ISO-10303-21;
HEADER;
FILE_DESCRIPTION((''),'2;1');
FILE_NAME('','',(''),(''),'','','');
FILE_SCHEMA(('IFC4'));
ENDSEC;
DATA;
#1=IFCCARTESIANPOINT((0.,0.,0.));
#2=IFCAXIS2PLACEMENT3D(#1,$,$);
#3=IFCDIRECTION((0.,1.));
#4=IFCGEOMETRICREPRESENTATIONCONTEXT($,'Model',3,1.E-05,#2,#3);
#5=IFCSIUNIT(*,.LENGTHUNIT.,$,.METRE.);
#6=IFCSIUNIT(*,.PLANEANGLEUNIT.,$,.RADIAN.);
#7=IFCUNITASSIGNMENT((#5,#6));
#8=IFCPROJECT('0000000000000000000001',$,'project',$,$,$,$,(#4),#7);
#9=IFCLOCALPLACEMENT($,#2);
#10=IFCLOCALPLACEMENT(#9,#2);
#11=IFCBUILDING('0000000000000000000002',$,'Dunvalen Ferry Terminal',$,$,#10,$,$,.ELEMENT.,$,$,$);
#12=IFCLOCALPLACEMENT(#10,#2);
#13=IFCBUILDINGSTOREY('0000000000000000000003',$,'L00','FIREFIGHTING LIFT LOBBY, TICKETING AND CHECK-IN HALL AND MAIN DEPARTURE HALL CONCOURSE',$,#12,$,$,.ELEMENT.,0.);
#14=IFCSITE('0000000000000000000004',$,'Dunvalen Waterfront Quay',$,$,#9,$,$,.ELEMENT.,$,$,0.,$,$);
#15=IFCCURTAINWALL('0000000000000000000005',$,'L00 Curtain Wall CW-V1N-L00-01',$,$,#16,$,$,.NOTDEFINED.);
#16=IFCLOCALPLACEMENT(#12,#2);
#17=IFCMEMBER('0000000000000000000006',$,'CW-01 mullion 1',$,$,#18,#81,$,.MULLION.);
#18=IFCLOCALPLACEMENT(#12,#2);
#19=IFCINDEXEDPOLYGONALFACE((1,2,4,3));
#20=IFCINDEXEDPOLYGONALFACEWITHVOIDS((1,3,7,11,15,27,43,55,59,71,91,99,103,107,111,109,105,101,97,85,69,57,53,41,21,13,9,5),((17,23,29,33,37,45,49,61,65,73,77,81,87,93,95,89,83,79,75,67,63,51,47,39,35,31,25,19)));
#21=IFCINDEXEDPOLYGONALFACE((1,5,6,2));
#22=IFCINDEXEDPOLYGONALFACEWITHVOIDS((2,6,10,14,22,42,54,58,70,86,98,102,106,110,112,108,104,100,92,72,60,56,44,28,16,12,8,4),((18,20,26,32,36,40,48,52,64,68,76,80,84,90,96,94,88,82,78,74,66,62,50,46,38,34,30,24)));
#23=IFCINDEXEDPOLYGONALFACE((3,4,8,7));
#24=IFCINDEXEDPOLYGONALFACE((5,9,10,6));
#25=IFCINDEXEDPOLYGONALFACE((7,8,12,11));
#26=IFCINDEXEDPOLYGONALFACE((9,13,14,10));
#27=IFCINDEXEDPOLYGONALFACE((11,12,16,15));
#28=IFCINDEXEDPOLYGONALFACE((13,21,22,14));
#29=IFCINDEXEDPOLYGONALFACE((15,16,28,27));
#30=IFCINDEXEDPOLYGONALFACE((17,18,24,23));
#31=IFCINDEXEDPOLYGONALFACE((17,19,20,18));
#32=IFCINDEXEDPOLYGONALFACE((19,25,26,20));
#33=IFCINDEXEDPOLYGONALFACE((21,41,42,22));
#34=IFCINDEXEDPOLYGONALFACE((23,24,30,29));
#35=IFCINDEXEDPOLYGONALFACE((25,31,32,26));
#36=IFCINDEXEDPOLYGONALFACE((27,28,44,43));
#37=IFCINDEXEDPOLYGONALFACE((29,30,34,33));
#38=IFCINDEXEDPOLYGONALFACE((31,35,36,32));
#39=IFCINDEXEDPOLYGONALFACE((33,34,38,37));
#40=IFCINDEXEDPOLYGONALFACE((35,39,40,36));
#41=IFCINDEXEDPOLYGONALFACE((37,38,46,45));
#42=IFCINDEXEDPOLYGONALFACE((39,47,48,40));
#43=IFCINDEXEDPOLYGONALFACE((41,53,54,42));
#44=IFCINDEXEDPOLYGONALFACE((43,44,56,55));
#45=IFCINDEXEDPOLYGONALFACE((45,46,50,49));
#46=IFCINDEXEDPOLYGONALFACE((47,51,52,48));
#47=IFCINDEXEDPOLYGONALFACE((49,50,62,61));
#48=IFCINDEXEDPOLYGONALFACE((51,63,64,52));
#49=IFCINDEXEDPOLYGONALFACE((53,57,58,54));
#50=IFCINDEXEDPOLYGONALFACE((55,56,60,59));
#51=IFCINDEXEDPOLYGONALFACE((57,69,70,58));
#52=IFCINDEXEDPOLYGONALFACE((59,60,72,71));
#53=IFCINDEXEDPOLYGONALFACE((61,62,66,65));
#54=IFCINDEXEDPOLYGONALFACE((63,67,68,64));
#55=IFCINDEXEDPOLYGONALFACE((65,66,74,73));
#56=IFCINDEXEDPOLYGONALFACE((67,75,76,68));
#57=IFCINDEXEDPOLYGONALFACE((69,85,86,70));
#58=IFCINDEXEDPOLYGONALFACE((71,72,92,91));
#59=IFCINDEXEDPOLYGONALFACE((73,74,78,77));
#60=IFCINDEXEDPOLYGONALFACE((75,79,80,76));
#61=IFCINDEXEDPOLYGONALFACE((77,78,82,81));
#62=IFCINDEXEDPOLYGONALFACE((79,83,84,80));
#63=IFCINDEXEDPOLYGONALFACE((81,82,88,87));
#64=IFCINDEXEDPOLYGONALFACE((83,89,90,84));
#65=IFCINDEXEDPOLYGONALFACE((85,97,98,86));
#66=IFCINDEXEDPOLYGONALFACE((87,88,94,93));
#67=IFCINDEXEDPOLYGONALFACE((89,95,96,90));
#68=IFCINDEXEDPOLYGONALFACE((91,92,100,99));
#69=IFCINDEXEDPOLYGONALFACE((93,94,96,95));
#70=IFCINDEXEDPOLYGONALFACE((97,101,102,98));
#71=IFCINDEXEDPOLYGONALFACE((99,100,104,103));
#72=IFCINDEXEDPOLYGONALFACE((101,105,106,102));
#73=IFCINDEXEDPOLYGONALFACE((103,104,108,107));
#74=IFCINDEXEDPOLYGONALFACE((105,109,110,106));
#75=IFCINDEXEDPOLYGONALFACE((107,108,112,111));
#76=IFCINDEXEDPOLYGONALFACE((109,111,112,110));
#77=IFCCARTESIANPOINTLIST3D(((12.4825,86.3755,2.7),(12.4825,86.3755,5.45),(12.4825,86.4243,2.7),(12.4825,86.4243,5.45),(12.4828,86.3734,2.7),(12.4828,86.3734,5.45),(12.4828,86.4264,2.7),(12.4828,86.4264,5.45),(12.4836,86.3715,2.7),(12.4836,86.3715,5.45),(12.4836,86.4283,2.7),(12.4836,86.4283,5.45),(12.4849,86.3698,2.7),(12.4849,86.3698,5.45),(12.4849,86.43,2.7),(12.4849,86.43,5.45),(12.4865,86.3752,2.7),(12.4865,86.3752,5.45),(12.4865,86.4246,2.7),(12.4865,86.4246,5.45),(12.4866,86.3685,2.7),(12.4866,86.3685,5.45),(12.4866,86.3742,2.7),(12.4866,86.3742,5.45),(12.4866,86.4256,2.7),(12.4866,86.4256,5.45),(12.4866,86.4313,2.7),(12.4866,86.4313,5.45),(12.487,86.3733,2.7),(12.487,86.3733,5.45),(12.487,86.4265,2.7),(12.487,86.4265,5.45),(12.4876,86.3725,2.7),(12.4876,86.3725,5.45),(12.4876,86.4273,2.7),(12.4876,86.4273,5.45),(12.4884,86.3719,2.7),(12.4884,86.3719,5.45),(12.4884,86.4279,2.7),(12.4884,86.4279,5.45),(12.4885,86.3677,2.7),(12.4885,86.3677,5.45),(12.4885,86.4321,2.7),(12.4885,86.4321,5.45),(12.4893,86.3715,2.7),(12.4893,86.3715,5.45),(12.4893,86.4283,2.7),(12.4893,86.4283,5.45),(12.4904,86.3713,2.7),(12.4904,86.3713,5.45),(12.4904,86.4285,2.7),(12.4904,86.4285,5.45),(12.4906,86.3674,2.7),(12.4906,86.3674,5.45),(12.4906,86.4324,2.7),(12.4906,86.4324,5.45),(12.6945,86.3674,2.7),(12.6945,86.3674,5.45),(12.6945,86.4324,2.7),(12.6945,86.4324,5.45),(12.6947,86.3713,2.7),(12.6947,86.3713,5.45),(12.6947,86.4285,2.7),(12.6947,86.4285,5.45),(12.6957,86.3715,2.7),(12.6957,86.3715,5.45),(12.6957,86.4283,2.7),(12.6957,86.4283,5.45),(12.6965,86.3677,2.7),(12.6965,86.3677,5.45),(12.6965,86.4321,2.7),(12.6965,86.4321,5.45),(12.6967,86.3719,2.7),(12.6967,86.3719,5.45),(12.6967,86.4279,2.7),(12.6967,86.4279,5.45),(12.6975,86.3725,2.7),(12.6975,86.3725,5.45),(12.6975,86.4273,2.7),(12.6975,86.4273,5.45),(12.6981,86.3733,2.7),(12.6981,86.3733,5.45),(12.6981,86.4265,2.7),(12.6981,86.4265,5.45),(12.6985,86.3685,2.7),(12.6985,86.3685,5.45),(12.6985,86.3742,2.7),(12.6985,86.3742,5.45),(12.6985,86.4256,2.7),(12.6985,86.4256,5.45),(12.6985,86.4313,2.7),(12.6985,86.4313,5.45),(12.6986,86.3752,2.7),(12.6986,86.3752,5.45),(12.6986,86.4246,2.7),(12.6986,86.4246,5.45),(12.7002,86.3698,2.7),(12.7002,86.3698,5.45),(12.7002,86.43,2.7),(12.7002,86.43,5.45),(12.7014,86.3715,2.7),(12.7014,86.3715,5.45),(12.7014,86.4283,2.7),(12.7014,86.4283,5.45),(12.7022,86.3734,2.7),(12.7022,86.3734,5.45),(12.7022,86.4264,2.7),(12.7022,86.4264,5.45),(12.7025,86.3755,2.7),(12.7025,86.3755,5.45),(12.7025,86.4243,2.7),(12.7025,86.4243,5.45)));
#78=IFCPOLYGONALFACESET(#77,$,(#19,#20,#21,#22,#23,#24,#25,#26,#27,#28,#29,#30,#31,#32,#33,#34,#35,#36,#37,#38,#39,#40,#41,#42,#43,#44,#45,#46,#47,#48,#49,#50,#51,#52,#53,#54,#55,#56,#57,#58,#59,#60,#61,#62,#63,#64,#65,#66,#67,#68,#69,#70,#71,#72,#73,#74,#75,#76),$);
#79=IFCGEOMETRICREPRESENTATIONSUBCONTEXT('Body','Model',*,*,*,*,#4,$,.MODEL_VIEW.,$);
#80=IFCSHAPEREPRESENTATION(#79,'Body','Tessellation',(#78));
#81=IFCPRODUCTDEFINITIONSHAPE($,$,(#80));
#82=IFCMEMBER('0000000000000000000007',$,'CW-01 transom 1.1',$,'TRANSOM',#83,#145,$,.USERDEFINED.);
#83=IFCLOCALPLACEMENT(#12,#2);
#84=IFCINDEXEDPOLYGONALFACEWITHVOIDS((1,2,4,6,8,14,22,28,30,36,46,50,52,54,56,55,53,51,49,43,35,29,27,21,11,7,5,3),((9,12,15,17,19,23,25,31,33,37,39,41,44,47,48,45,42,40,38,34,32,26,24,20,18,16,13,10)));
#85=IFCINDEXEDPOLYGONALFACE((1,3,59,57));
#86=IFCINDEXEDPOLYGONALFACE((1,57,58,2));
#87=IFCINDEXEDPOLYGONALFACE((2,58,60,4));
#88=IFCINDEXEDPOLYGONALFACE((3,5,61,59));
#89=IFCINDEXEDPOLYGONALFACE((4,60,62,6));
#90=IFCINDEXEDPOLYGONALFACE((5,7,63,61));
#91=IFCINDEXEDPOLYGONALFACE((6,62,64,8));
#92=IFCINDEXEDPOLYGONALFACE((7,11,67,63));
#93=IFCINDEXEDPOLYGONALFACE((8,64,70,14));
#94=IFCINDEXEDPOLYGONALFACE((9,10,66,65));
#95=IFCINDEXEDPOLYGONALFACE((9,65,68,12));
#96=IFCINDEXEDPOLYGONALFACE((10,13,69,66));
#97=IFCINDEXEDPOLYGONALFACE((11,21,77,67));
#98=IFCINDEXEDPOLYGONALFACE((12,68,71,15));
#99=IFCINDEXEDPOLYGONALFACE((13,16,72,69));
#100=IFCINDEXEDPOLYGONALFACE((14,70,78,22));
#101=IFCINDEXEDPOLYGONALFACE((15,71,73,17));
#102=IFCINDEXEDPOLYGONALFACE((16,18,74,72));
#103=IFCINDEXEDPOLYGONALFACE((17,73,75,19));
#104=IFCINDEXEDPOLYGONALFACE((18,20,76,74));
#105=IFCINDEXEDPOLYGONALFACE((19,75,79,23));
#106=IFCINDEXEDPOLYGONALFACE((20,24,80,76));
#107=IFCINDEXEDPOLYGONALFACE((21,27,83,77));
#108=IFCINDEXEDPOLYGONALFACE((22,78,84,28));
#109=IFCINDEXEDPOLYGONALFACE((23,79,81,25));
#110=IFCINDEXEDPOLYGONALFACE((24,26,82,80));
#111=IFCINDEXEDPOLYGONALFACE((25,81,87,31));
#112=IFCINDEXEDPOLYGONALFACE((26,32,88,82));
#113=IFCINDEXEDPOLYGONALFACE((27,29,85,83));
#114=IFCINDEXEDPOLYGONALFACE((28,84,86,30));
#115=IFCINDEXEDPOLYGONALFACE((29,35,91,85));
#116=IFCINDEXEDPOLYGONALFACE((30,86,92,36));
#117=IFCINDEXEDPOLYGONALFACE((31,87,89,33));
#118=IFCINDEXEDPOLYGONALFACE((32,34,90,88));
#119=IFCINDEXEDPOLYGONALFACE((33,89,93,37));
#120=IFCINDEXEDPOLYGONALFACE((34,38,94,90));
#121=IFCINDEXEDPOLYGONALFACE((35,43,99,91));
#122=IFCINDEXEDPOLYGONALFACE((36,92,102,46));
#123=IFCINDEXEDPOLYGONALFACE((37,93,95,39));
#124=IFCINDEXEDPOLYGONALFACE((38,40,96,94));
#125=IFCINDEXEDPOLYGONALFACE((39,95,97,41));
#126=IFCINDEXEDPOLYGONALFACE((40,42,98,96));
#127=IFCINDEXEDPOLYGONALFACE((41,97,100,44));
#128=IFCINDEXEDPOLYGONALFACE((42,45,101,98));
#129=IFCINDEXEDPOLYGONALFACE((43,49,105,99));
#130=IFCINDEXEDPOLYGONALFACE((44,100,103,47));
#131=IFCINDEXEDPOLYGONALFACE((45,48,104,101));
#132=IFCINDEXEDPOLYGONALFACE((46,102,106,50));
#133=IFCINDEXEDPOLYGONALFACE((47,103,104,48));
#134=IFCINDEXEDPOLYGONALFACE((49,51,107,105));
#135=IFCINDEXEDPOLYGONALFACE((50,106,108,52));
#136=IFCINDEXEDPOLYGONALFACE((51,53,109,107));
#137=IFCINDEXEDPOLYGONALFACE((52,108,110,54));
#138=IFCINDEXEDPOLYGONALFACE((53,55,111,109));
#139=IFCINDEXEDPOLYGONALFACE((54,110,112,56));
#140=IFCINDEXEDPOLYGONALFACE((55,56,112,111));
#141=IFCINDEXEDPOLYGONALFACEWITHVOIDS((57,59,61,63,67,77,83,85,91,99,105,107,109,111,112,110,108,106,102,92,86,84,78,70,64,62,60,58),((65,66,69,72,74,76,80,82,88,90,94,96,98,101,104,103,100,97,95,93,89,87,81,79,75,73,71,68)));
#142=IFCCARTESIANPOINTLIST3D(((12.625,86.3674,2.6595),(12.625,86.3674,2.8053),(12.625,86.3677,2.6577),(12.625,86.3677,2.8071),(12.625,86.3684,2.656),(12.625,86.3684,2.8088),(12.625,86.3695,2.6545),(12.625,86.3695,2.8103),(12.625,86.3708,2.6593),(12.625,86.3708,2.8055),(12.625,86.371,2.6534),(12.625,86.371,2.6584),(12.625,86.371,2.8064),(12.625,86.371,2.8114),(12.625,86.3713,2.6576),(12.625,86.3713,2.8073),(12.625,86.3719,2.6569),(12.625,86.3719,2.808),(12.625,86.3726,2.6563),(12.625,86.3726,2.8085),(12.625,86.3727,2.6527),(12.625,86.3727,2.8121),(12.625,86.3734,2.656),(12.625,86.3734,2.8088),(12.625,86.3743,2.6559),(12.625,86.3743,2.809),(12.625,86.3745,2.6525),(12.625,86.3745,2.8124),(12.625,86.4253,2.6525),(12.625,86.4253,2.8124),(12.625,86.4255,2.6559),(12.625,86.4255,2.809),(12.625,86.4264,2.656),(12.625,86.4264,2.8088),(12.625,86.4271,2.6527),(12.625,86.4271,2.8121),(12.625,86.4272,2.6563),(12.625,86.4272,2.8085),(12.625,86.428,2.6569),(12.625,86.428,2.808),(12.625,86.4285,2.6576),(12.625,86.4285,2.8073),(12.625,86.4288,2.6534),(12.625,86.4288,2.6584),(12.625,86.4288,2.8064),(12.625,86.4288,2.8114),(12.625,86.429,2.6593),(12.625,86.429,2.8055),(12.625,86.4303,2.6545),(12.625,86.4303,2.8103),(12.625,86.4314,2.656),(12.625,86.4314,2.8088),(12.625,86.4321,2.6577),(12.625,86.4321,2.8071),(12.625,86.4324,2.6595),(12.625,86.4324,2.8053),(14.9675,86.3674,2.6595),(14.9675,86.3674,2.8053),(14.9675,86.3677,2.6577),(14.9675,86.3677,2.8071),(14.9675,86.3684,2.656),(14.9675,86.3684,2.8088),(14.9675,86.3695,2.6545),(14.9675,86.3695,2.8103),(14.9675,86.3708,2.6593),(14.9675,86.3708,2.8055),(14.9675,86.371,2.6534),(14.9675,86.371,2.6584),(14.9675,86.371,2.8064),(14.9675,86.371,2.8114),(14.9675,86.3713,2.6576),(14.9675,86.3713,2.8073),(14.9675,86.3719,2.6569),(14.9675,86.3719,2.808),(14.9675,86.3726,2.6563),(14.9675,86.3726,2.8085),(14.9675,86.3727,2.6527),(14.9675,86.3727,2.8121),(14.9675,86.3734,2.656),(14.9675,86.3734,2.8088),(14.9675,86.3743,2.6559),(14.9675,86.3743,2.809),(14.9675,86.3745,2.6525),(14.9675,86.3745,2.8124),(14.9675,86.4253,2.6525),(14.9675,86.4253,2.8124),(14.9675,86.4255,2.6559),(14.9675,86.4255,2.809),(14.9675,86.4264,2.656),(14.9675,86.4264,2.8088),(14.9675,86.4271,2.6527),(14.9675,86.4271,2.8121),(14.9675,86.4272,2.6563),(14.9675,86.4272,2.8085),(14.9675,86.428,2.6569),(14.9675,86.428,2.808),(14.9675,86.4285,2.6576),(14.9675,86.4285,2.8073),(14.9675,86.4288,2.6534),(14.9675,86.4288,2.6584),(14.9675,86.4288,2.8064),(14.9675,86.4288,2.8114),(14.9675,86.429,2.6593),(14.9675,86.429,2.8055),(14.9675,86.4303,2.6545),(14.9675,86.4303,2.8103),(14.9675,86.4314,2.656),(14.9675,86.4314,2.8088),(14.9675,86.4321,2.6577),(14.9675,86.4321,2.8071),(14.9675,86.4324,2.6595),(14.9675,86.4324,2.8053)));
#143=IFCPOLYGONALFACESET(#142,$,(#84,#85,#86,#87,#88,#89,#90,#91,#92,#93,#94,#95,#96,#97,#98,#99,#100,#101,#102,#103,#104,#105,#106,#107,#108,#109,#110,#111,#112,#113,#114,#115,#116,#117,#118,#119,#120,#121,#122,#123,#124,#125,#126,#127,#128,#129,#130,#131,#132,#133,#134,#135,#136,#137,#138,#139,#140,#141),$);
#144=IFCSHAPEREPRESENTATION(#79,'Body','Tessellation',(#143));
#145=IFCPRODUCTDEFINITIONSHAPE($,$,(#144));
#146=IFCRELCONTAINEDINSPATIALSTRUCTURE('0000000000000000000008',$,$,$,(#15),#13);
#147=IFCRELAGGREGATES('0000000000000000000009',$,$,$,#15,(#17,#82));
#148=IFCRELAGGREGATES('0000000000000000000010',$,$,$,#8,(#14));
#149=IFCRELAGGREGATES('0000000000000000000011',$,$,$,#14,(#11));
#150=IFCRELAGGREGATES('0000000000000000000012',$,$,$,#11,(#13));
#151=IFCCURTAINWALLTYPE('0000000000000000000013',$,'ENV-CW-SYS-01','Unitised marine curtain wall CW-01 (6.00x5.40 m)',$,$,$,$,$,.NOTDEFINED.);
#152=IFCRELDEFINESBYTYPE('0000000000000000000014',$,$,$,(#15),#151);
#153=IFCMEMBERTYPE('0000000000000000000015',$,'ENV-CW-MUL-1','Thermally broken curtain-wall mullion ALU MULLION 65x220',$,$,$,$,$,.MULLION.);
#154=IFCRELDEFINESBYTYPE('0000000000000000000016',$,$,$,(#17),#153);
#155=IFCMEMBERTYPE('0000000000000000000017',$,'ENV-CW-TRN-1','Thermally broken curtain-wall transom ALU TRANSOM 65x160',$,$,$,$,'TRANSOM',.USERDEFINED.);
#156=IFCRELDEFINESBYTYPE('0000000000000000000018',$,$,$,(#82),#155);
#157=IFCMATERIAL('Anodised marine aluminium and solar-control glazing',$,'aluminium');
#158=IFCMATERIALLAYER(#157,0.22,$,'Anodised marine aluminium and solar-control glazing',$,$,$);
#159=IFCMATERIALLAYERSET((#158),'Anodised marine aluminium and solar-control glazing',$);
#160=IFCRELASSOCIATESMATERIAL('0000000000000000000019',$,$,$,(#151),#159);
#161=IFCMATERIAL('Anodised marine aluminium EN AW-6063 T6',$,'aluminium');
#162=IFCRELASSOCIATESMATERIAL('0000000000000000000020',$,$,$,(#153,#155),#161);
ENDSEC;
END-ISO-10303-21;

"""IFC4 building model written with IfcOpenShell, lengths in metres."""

from ifc_helpers import new_model, si_unit, direction, frame, origin, origin_2d, place, context, subcontext, project, spatial, hollow_rectangle, extrude, material, layer, layer_set, material_profile, profile_set, type_object, element, aggregate, save


model = new_model("IFC4")

# Units and contexts
model_context = context("Model", 3, precision=1e-05, world=origin(), true_north=direction((0.0, 1.0)))
body_context = subcontext(model_context, "Body", "Model", "MODEL_VIEW")
ifc_project = project(units=[si_unit("LENGTHUNIT", "METRE"), si_unit("PLANEANGLEUNIT", "RADIAN")], contexts=[model_context])

# Site, building, storey
site_placement = place(None, origin())
site = spatial("IfcSite", under=ifc_project, at=site_placement, Name="Dunvalen Waterfront Quay", CompositionType="ELEMENT", RefElevation=0.0)
building_placement = place(site_placement, origin())
building = spatial("IfcBuilding", under=site, at=building_placement, Name="Dunvalen Ferry Terminal", CompositionType="ELEMENT")
storey_placement = place(building_placement, origin())
storey = spatial("IfcBuildingStorey", under=building, at=storey_placement, Name="L00", Description="FIREFIGHTING LIFT LOBBY, TICKETING AND CHECK-IN HALL AND MAIN DEPARTURE HALL CONCOURSE", CompositionType="ELEMENT", Elevation=0.0)

# Curtain wall, members
ifc_material_1 = material(Name="Anodised marine aluminium and solar-control glazing", Category="aluminium")
ifc_layer_1 = layer(ifc_material_1, 0.22, Name="Anodised marine aluminium and solar-control glazing")
ifc_layer_set_1 = layer_set([ifc_layer_1], Name="Anodised marine aluminium and solar-control glazing")
curtain_wall_type = type_object("IfcCurtainWallType", Name="ENV-CW-SYS-01", Description="Unitised marine curtain wall CW-01 (6.00x5.40 m)", PredefinedType="NOTDEFINED", material=ifc_layer_set_1)
curtain_wall_placement = place(storey_placement, origin())
curtain_wall = element("IfcCurtainWall", 1, at=curtain_wall_placement, inside=storey, type_object=curtain_wall_type, Name="L00 Curtain Wall CW-V1N-L00-01", PredefinedType="NOTDEFINED")
ifc_material_2 = material(Name="Anodised marine aluminium EN AW-6063 T6", Category="aluminium")
ifc_material_profile_1 = material_profile(ifc_material_2, hollow_rectangle(XDim=0.0649, YDim=0.22, WallThickness=0.0039, InnerFilletRadius=0.0039, OuterFilletRadius=0.0081, at=origin_2d()), Name="Anodised marine aluminium EN AW-6063 T6")
ifc_profile_set_1 = profile_set([ifc_material_profile_1], Name="Anodised marine aluminium EN AW-6063 T6")
member_type_1 = type_object("IfcMemberType", Name="ENV-CW-MUL-1", Description="Thermally broken curtain-wall mullion ALU MULLION 65x220", PredefinedType="MULLION", material=ifc_profile_set_1)
member_1_placement = place(storey_placement, frame((12.5925, 86.3999, 2.7), z_axis=(0.0, 0.0, 1.0), x_axis=(0.0, 1.0, 0.0)))
member_1 = element("IfcMember", 2, at=member_1_placement, type_object=member_type_1, Name="CW-01 mullion 1", PredefinedType="MULLION", context=body_context, shape_type="SweptSolid", body=[
    extrude(hollow_rectangle(XDim=0.0649, YDim=0.22, WallThickness=0.0039, InnerFilletRadius=0.0039, OuterFilletRadius=0.0081, at=origin_2d()), origin(), (0.0, 0.0, 1.0), 2.75),
])
ifc_material_profile_2 = material_profile(ifc_material_2, hollow_rectangle(XDim=0.0649, YDim=0.1599, WallThickness=0.0034, InnerFilletRadius=0.0034, OuterFilletRadius=0.0071, at=origin_2d()), Name="Anodised marine aluminium EN AW-6063 T6")
ifc_profile_set_2 = profile_set([ifc_material_profile_2], Name="Anodised marine aluminium EN AW-6063 T6")
member_type_2 = type_object("IfcMemberType", Name="ENV-CW-TRN-1", Description="Thermally broken curtain-wall transom ALU TRANSOM 65x160", ElementType="TRANSOM", PredefinedType="USERDEFINED", material=ifc_profile_set_2)
member_2_placement = place(storey_placement, frame((12.625, 86.3999, 2.7324), z_axis=(1.0, 0.0, 0.0), x_axis=(0.0, 1.0, 0.0)))
member_2 = element("IfcMember", 3, at=member_2_placement, type_object=member_type_2, Name="CW-01 transom 1.1", ObjectType="TRANSOM", PredefinedType="USERDEFINED", context=body_context, shape_type="SweptSolid", body=[
    extrude(hollow_rectangle(XDim=0.0649, YDim=0.1599, WallThickness=0.0034, InnerFilletRadius=0.0034, OuterFilletRadius=0.0071, at=origin_2d()), origin(), (0.0, 0.0, 1.0), 2.3425),
])
aggregate(curtain_wall, [member_1, member_2])

save(model, "model.ifc")
